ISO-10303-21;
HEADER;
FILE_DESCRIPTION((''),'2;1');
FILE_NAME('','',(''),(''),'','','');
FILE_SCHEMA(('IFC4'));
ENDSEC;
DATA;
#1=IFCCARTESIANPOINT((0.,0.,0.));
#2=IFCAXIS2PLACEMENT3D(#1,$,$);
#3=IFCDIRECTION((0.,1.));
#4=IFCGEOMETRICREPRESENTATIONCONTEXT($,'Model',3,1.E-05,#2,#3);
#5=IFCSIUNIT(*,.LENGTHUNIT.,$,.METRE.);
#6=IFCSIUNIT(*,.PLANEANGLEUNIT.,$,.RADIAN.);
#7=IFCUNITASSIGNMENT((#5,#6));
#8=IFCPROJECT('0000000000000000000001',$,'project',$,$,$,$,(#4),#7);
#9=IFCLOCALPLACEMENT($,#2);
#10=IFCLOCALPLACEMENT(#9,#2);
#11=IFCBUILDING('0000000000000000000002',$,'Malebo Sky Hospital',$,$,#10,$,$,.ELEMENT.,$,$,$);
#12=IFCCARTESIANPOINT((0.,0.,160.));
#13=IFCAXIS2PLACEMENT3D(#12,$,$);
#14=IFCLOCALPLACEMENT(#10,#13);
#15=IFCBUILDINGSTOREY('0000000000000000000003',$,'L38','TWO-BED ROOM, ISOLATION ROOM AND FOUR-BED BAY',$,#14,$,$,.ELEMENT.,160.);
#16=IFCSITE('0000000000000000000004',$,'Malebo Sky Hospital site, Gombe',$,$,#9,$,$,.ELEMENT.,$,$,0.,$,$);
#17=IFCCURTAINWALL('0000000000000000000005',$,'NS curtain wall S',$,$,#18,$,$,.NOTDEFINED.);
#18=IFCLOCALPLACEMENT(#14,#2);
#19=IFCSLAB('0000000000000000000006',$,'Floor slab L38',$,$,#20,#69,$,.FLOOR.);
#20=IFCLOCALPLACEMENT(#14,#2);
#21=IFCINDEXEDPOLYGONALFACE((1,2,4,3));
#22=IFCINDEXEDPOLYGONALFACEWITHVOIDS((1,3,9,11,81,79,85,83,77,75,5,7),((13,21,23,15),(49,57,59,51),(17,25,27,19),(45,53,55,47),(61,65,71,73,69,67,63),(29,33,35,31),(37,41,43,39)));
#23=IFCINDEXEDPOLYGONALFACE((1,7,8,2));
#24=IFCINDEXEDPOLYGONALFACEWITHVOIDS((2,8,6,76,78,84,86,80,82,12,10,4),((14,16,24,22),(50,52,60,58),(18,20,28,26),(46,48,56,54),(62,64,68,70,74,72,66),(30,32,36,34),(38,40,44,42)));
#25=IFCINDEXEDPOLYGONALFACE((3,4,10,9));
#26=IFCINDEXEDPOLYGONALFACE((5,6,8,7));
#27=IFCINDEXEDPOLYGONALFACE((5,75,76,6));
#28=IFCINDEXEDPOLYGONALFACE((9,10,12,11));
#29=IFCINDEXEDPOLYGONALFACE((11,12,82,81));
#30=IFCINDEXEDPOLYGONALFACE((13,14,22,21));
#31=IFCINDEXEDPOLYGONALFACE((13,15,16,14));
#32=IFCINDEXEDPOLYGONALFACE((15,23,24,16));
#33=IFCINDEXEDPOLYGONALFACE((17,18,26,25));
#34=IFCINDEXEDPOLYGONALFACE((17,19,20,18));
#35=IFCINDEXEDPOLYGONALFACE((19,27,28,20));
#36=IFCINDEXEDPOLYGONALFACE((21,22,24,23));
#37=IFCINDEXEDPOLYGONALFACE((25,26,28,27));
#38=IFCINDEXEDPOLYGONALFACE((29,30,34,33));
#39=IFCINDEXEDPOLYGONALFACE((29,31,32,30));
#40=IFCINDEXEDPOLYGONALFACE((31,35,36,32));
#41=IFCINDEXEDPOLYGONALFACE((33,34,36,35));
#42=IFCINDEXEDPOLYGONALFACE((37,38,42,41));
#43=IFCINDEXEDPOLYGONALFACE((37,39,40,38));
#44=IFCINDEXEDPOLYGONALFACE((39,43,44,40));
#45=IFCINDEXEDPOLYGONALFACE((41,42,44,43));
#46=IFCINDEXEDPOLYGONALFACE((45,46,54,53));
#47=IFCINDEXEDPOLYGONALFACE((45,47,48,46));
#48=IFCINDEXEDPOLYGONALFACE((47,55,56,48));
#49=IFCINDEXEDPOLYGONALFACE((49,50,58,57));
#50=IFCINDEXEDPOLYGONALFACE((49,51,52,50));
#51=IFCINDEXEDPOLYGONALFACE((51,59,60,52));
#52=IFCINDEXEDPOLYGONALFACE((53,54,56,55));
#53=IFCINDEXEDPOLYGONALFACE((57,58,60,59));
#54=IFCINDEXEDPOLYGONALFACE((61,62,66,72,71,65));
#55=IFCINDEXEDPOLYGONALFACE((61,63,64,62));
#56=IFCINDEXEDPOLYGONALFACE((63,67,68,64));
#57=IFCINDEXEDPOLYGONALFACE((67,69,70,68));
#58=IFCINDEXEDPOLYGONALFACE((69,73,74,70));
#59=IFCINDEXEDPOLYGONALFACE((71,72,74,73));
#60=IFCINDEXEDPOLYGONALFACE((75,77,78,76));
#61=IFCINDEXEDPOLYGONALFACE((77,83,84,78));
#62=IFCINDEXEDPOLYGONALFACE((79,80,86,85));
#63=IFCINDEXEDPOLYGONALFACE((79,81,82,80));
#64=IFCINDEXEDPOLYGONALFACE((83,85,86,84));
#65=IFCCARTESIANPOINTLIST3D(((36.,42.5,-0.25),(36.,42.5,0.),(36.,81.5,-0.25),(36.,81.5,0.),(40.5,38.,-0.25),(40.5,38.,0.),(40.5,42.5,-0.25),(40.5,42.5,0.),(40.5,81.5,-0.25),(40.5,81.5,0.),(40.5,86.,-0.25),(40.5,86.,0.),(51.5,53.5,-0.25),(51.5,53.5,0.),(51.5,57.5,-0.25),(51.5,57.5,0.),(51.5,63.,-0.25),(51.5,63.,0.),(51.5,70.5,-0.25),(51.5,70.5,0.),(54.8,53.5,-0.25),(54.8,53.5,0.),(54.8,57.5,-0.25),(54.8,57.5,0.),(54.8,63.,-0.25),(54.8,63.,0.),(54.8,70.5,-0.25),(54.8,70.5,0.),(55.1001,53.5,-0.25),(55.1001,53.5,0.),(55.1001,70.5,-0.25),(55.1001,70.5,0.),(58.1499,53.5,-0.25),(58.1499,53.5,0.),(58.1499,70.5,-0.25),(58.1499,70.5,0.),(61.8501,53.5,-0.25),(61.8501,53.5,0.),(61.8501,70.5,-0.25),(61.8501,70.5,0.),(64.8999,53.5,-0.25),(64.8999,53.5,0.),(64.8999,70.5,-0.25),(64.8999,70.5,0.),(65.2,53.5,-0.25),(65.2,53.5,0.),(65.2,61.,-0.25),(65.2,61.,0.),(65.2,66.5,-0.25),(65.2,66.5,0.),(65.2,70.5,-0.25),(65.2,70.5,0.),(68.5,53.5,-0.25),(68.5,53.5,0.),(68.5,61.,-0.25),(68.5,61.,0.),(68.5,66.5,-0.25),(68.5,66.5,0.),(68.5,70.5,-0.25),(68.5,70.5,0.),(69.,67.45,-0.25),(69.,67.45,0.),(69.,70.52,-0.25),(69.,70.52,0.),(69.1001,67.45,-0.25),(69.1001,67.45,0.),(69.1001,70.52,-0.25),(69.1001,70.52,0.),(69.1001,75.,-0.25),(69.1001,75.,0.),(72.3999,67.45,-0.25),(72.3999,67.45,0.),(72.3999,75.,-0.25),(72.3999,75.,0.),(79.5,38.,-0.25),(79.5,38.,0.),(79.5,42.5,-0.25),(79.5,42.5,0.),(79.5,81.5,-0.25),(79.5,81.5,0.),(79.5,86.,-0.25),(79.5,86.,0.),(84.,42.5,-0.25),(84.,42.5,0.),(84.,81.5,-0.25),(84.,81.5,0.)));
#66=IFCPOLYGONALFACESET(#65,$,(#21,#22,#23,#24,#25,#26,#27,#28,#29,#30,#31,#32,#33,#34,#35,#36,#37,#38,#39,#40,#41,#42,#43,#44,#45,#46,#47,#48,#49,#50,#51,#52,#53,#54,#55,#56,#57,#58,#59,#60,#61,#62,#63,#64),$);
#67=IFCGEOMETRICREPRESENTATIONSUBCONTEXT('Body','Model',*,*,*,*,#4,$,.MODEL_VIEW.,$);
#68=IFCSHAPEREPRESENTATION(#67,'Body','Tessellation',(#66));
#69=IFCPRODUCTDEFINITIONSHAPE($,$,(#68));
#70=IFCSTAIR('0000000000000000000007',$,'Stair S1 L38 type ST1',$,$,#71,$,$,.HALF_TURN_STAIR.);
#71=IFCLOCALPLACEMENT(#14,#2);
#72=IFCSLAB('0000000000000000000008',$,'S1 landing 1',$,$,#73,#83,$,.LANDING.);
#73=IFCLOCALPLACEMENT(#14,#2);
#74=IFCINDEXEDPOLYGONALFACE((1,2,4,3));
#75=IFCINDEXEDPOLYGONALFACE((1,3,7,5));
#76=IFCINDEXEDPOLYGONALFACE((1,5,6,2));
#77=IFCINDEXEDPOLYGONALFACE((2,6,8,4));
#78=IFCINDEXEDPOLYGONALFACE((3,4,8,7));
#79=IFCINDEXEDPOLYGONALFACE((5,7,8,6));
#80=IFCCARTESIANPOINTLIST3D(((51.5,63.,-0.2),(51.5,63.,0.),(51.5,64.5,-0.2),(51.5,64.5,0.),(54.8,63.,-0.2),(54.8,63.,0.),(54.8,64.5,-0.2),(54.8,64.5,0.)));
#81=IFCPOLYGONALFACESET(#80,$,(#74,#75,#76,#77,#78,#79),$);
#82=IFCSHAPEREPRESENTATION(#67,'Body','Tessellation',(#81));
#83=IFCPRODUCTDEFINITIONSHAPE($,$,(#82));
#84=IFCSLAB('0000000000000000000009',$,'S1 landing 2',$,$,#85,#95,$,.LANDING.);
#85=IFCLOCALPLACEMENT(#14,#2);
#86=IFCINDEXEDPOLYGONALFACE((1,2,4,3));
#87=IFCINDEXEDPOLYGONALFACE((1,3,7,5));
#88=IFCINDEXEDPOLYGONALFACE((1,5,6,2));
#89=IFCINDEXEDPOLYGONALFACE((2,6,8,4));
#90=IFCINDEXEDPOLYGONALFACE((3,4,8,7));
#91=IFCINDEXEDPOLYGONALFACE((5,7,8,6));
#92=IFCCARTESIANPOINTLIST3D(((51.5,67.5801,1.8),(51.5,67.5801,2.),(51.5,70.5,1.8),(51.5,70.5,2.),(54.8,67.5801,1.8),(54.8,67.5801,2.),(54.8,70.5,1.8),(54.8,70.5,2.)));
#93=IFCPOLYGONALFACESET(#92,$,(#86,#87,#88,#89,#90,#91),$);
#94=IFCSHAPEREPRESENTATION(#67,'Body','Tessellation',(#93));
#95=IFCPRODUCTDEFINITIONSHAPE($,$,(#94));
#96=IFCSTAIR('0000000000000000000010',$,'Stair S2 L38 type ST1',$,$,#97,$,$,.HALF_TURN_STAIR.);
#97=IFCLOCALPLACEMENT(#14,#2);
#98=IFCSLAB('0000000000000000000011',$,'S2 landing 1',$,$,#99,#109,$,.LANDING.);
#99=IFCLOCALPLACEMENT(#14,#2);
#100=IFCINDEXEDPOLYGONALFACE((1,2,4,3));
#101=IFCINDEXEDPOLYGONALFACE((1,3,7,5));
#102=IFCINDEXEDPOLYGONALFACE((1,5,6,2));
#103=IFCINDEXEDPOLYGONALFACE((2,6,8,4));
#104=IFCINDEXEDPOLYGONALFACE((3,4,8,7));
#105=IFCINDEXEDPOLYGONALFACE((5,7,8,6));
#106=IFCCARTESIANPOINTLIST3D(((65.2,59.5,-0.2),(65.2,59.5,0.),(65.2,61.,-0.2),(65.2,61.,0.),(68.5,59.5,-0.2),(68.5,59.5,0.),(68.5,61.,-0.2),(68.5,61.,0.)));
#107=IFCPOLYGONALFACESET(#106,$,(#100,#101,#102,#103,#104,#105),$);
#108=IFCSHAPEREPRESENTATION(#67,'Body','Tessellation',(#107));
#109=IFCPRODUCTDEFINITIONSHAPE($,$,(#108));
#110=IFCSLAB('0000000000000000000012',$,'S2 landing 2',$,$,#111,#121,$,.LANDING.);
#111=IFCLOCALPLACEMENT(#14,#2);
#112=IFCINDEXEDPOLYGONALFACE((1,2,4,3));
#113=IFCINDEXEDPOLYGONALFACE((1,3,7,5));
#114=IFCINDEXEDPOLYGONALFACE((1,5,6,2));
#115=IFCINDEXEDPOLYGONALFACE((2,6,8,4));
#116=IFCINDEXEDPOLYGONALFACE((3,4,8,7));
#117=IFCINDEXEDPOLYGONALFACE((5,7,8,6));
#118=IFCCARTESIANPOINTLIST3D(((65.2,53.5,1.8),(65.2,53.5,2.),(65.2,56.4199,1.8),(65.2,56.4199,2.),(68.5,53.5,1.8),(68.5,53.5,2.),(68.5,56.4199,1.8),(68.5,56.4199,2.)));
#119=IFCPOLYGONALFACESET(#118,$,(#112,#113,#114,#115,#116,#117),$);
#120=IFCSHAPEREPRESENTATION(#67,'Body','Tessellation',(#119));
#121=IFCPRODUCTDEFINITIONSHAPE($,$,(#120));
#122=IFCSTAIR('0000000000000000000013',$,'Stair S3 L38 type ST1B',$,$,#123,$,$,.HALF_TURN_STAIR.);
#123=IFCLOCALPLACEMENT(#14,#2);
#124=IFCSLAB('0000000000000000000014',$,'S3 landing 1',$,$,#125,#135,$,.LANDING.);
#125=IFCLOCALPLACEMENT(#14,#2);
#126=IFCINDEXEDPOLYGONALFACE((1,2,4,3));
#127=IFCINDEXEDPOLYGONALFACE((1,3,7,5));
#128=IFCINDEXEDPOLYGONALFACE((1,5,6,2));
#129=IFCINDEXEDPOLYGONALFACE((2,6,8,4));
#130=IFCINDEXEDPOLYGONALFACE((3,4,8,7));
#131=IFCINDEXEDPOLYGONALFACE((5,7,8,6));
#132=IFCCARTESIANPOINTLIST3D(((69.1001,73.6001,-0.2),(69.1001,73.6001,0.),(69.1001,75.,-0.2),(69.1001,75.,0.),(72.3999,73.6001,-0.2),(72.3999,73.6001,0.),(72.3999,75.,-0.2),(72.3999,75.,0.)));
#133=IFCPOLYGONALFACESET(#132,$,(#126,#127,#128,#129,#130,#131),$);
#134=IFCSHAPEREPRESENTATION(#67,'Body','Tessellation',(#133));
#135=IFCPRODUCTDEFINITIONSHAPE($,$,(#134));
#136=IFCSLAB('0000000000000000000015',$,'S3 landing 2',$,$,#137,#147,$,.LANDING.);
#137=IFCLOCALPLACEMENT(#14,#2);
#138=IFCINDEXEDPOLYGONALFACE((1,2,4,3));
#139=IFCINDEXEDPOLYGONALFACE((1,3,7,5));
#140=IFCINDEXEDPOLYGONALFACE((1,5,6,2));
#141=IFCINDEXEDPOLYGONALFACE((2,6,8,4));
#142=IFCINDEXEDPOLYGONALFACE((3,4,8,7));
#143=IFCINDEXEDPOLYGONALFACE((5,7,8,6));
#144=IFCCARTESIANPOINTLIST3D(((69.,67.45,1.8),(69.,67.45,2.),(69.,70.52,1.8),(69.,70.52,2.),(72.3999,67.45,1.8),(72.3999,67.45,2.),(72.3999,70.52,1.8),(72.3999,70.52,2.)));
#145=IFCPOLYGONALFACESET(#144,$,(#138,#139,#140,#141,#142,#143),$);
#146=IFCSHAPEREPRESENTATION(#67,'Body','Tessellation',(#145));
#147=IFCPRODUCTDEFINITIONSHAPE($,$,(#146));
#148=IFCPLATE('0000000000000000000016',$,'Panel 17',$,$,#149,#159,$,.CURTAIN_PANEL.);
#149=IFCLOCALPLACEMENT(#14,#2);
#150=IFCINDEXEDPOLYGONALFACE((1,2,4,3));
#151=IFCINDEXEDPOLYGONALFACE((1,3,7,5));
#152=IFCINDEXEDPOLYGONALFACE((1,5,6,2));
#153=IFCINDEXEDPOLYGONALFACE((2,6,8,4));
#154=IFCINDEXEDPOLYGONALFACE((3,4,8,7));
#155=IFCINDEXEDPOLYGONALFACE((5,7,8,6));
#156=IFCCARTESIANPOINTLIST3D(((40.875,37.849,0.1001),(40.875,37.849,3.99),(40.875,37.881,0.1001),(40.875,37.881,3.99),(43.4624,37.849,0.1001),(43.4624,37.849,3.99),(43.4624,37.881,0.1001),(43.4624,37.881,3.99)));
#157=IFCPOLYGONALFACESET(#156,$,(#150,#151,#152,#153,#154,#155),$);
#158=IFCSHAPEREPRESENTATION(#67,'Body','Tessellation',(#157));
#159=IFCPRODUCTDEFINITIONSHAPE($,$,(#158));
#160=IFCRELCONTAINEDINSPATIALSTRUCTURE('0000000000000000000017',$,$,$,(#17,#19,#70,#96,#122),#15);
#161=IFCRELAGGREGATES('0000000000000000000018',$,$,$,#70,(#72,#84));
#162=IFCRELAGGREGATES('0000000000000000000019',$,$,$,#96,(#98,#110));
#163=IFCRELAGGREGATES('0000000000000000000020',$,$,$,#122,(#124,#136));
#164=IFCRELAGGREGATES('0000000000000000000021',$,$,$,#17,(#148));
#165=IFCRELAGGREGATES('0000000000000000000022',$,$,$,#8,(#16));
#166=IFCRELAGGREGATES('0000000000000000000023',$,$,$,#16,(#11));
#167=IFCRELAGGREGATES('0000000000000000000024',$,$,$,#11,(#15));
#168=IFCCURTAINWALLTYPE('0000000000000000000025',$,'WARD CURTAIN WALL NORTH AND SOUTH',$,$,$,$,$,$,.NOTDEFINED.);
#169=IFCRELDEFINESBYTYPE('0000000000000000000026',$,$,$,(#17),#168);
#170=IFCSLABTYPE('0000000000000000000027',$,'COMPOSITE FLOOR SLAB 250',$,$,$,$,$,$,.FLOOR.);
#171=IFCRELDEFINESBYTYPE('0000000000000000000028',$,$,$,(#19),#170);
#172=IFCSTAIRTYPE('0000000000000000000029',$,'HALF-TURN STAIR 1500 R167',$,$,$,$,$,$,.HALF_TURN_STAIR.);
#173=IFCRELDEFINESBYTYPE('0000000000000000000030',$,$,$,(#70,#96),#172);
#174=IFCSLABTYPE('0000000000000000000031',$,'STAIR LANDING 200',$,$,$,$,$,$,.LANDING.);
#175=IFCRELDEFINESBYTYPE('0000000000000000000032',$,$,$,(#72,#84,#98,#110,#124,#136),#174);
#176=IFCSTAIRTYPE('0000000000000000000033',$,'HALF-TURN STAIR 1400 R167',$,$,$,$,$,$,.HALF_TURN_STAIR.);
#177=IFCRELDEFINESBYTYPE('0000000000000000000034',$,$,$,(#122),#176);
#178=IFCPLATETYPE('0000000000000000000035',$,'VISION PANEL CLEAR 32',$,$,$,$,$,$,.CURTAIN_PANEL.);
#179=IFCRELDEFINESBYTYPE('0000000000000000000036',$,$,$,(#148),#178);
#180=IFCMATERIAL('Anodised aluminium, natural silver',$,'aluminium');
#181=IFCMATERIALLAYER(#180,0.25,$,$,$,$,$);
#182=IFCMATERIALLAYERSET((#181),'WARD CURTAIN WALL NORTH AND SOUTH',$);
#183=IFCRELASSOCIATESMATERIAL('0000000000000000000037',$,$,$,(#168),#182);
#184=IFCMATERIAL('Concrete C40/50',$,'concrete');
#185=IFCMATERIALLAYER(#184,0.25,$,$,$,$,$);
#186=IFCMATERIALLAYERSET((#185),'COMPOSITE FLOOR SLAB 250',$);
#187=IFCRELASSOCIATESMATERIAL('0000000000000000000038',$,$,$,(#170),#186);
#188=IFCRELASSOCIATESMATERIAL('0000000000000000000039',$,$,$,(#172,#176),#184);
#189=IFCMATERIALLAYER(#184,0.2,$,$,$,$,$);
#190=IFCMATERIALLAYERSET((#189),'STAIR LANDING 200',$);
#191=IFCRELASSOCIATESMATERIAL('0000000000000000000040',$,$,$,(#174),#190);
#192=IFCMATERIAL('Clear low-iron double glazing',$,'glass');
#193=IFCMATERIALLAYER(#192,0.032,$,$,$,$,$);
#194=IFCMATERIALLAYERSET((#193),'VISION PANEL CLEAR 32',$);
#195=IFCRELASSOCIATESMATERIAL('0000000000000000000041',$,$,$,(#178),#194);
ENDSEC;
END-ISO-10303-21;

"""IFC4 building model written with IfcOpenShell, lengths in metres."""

from ifc_helpers import new_model, si_unit, direction, frame, origin, origin_2d, place, context, subcontext, project, spatial, polyline, rectangle, outline, extrude, material, layer, layer_set, type_object, element, aggregate, save


model = new_model("IFC4")

# Units and contexts
model_context = context("Model", 3, precision=1e-05, world=origin(), true_north=direction((0.0, 1.0)))
body_context = subcontext(model_context, "Body", "Model", "MODEL_VIEW")
ifc_project = project(units=[si_unit("LENGTHUNIT", "METRE"), si_unit("PLANEANGLEUNIT", "RADIAN")], contexts=[model_context])

# Site, building, storey
site_placement = place(None, origin())
site = spatial("IfcSite", under=ifc_project, at=site_placement, Name="Malebo Sky Hospital site, Gombe", CompositionType="ELEMENT", RefElevation=0.0)
building_placement = place(site_placement, origin())
building = spatial("IfcBuilding", under=site, at=building_placement, Name="Malebo Sky Hospital", CompositionType="ELEMENT")
storey_placement = place(building_placement, frame((0.0, 0.0, 160.0)))
storey = spatial("IfcBuildingStorey", under=building, at=storey_placement, Name="L38", Description="TWO-BED ROOM, ISOLATION ROOM AND FOUR-BED BAY", CompositionType="ELEMENT", Elevation=160.0)

# Curtain wall
ifc_material_1 = material(Name="Anodised aluminium, natural silver", Category="aluminium")
ifc_layer_1 = layer(ifc_material_1, 0.25)
ifc_layer_set_1 = layer_set([ifc_layer_1], Name="WARD CURTAIN WALL NORTH AND SOUTH")
curtain_wall_type = type_object("IfcCurtainWallType", Name="WARD CURTAIN WALL NORTH AND SOUTH", PredefinedType="NOTDEFINED", material=ifc_layer_set_1)
curtain_wall_placement = place(storey_placement, origin())
curtain_wall = element("IfcCurtainWall", 1, at=curtain_wall_placement, inside=storey, type_object=curtain_wall_type, Name="NS curtain wall S", PredefinedType="NOTDEFINED")

# Slab
ifc_material_2 = material(Name="Concrete C40/50", Category="concrete")
ifc_layer_2 = layer(ifc_material_2, 0.25)
ifc_layer_set_2 = layer_set([ifc_layer_2], Name="COMPOSITE FLOOR SLAB 250")
slab_type_1 = type_object("IfcSlabType", Name="COMPOSITE FLOOR SLAB 250", PredefinedType="FLOOR", material=ifc_layer_set_2)
slab_1_placement = place(storey_placement, frame((0.0, 0.0, -0.25)))
element("IfcSlab", 2, at=slab_1_placement, inside=storey, type_object=slab_type_1, Name="Floor slab L38", PredefinedType="FLOOR", context=body_context, shape_type="SweptSolid", body=[
    extrude(outline(polyline([(40.5, 86.0), (40.5, 81.5), (36.0, 81.5), (36.0, 42.5), (40.5, 42.5), (40.5, 38.0), (79.5, 38.0), (79.5, 42.5), (84.0, 42.5), (84.0, 81.5), (79.5, 81.5), (79.5, 86.0), (40.5, 86.0)]), holes=[polyline([(55.1001, 70.5), (58.1499, 70.5), (58.1499, 53.5), (55.1001, 53.5), (55.1001, 70.5)]), polyline([(64.8999, 70.5), (64.8999, 53.5), (61.8501, 53.5), (61.8501, 70.5), (64.8999, 70.5)]), polyline([(54.8, 63.0), (51.5, 63.0), (51.5, 70.5), (54.8, 70.5), (54.8, 63.0)]), polyline([(51.5, 53.5), (51.5, 57.5), (54.8, 57.5), (54.8, 53.5), (51.5, 53.5)]), polyline([(65.2, 61.0), (68.5, 61.0), (68.5, 53.5), (65.2, 53.5), (65.2, 61.0)]), polyline([(68.5, 70.5), (68.5, 66.5), (65.2, 66.5), (65.2, 70.5), (68.5, 70.5)]), polyline([(69.0, 67.45), (69.0, 70.52), (69.1001, 70.52), (69.1001, 75.0), (72.3999, 75.0), (72.3999, 67.45), (69.1001, 67.45), (69.0, 67.45)])]), origin(), (0.0, 0.0, 1.0), 0.25),
])

# Stairs, slabs
stair_type_1 = type_object("IfcStairType", Name="HALF-TURN STAIR 1500 R167", PredefinedType="HALF_TURN_STAIR", material=ifc_material_2)
stair_1_placement = place(storey_placement, origin())
stair_1 = element("IfcStair", 3, at=stair_1_placement, inside=storey, type_object=stair_type_1, Name="Stair S1 L38 type ST1", PredefinedType="HALF_TURN_STAIR")
ifc_layer_3 = layer(ifc_material_2, 0.2)
ifc_layer_set_3 = layer_set([ifc_layer_3], Name="STAIR LANDING 200")
slab_type_2 = type_object("IfcSlabType", Name="STAIR LANDING 200", PredefinedType="LANDING", material=ifc_layer_set_3)
slab_2_placement = place(storey_placement, frame((0.0, 0.0, -0.2)))
slab_2 = element("IfcSlab", 4, at=slab_2_placement, type_object=slab_type_2, Name="S1 landing 1", PredefinedType="LANDING", context=body_context, shape_type="SweptSolid", body=[
    extrude(outline(polyline([(51.5, 63.0), (54.8, 63.0), (54.8, 64.5), (51.5, 64.5), (51.5, 63.0)])), origin(), (0.0, 0.0, 1.0), 0.2),
])
slab_3_placement = place(storey_placement, frame((0.0, 0.0, 1.8)))
slab_3 = element("IfcSlab", 5, at=slab_3_placement, type_object=slab_type_2, Name="S1 landing 2", PredefinedType="LANDING", context=body_context, shape_type="SweptSolid", body=[
    extrude(outline(polyline([(51.5, 67.5801), (54.8, 67.5801), (54.8, 70.5), (51.5, 70.5), (51.5, 67.5801)])), origin(), (0.0, 0.0, 1.0), 0.2),
])
aggregate(stair_1, [slab_2, slab_3])
stair_2_placement = place(storey_placement, origin())
stair_2 = element("IfcStair", 6, at=stair_2_placement, inside=storey, type_object=stair_type_1, Name="Stair S2 L38 type ST1", PredefinedType="HALF_TURN_STAIR")
slab_4_placement = place(storey_placement, frame((0.0, 0.0, -0.2)))
slab_4 = element("IfcSlab", 7, at=slab_4_placement, type_object=slab_type_2, Name="S2 landing 1", PredefinedType="LANDING", context=body_context, shape_type="SweptSolid", body=[
    extrude(outline(polyline([(65.2, 59.5), (68.5, 59.5), (68.5, 61.0), (65.2, 61.0), (65.2, 59.5)])), origin(), (0.0, 0.0, 1.0), 0.2),
])
slab_5_placement = place(storey_placement, frame((0.0, 0.0, 1.8)))
slab_5 = element("IfcSlab", 8, at=slab_5_placement, type_object=slab_type_2, Name="S2 landing 2", PredefinedType="LANDING", context=body_context, shape_type="SweptSolid", body=[
    extrude(outline(polyline([(65.2, 53.5), (68.5, 53.5), (68.5, 56.4199), (65.2, 56.4199), (65.2, 53.5)])), origin(), (0.0, 0.0, 1.0), 0.2),
])
aggregate(stair_2, [slab_4, slab_5])
stair_type_2 = type_object("IfcStairType", Name="HALF-TURN STAIR 1400 R167", PredefinedType="HALF_TURN_STAIR", material=ifc_material_2)
stair_3_placement = place(storey_placement, origin())
stair_3 = element("IfcStair", 9, at=stair_3_placement, inside=storey, type_object=stair_type_2, Name="Stair S3 L38 type ST1B", PredefinedType="HALF_TURN_STAIR")
slab_6_placement = place(storey_placement, frame((0.0, 0.0, -0.2)))
slab_6 = element("IfcSlab", 10, at=slab_6_placement, type_object=slab_type_2, Name="S3 landing 1", PredefinedType="LANDING", context=body_context, shape_type="SweptSolid", body=[
    extrude(outline(polyline([(69.1001, 73.6001), (72.3999, 73.6001), (72.3999, 75.0), (69.1001, 75.0), (69.1001, 73.6001)])), origin(), (0.0, 0.0, 1.0), 0.2),
])
slab_7_placement = place(storey_placement, frame((0.0, 0.0, 1.8)))
slab_7 = element("IfcSlab", 11, at=slab_7_placement, type_object=slab_type_2, Name="S3 landing 2", PredefinedType="LANDING", context=body_context, shape_type="SweptSolid", body=[
    extrude(outline(polyline([(69.0, 67.45), (72.3999, 67.45), (72.3999, 70.52), (69.0, 70.52), (69.0, 67.45)])), origin(), (0.0, 0.0, 1.0), 0.2),
])
aggregate(stair_3, [slab_6, slab_7])

# Plate
ifc_material_3 = material(Name="Clear low-iron double glazing", Category="glass")
ifc_layer_4 = layer(ifc_material_3, 0.032)
ifc_layer_set_4 = layer_set([ifc_layer_4], Name="VISION PANEL CLEAR 32")
plate_type = type_object("IfcPlateType", Name="VISION PANEL CLEAR 32", PredefinedType="CURTAIN_PANEL", material=ifc_layer_set_4)
plate_placement = place(storey_placement, frame((42.1687, 37.865, 0.1001), z_axis=(0.0, 0.0, 1.0), x_axis=(-1.0, 0.0, 0.0)))
plate = element("IfcPlate", 12, at=plate_placement, type_object=plate_type, Name="Panel 17", PredefinedType="CURTAIN_PANEL", context=body_context, shape_type="SweptSolid", body=[
    extrude(rectangle(XDim=2.5874, YDim=0.032, at=origin_2d()), origin(), (0.0, 0.0, 1.0), 3.8899),
])
aggregate(curtain_wall, [plate])

save(model, "model.ifc")
